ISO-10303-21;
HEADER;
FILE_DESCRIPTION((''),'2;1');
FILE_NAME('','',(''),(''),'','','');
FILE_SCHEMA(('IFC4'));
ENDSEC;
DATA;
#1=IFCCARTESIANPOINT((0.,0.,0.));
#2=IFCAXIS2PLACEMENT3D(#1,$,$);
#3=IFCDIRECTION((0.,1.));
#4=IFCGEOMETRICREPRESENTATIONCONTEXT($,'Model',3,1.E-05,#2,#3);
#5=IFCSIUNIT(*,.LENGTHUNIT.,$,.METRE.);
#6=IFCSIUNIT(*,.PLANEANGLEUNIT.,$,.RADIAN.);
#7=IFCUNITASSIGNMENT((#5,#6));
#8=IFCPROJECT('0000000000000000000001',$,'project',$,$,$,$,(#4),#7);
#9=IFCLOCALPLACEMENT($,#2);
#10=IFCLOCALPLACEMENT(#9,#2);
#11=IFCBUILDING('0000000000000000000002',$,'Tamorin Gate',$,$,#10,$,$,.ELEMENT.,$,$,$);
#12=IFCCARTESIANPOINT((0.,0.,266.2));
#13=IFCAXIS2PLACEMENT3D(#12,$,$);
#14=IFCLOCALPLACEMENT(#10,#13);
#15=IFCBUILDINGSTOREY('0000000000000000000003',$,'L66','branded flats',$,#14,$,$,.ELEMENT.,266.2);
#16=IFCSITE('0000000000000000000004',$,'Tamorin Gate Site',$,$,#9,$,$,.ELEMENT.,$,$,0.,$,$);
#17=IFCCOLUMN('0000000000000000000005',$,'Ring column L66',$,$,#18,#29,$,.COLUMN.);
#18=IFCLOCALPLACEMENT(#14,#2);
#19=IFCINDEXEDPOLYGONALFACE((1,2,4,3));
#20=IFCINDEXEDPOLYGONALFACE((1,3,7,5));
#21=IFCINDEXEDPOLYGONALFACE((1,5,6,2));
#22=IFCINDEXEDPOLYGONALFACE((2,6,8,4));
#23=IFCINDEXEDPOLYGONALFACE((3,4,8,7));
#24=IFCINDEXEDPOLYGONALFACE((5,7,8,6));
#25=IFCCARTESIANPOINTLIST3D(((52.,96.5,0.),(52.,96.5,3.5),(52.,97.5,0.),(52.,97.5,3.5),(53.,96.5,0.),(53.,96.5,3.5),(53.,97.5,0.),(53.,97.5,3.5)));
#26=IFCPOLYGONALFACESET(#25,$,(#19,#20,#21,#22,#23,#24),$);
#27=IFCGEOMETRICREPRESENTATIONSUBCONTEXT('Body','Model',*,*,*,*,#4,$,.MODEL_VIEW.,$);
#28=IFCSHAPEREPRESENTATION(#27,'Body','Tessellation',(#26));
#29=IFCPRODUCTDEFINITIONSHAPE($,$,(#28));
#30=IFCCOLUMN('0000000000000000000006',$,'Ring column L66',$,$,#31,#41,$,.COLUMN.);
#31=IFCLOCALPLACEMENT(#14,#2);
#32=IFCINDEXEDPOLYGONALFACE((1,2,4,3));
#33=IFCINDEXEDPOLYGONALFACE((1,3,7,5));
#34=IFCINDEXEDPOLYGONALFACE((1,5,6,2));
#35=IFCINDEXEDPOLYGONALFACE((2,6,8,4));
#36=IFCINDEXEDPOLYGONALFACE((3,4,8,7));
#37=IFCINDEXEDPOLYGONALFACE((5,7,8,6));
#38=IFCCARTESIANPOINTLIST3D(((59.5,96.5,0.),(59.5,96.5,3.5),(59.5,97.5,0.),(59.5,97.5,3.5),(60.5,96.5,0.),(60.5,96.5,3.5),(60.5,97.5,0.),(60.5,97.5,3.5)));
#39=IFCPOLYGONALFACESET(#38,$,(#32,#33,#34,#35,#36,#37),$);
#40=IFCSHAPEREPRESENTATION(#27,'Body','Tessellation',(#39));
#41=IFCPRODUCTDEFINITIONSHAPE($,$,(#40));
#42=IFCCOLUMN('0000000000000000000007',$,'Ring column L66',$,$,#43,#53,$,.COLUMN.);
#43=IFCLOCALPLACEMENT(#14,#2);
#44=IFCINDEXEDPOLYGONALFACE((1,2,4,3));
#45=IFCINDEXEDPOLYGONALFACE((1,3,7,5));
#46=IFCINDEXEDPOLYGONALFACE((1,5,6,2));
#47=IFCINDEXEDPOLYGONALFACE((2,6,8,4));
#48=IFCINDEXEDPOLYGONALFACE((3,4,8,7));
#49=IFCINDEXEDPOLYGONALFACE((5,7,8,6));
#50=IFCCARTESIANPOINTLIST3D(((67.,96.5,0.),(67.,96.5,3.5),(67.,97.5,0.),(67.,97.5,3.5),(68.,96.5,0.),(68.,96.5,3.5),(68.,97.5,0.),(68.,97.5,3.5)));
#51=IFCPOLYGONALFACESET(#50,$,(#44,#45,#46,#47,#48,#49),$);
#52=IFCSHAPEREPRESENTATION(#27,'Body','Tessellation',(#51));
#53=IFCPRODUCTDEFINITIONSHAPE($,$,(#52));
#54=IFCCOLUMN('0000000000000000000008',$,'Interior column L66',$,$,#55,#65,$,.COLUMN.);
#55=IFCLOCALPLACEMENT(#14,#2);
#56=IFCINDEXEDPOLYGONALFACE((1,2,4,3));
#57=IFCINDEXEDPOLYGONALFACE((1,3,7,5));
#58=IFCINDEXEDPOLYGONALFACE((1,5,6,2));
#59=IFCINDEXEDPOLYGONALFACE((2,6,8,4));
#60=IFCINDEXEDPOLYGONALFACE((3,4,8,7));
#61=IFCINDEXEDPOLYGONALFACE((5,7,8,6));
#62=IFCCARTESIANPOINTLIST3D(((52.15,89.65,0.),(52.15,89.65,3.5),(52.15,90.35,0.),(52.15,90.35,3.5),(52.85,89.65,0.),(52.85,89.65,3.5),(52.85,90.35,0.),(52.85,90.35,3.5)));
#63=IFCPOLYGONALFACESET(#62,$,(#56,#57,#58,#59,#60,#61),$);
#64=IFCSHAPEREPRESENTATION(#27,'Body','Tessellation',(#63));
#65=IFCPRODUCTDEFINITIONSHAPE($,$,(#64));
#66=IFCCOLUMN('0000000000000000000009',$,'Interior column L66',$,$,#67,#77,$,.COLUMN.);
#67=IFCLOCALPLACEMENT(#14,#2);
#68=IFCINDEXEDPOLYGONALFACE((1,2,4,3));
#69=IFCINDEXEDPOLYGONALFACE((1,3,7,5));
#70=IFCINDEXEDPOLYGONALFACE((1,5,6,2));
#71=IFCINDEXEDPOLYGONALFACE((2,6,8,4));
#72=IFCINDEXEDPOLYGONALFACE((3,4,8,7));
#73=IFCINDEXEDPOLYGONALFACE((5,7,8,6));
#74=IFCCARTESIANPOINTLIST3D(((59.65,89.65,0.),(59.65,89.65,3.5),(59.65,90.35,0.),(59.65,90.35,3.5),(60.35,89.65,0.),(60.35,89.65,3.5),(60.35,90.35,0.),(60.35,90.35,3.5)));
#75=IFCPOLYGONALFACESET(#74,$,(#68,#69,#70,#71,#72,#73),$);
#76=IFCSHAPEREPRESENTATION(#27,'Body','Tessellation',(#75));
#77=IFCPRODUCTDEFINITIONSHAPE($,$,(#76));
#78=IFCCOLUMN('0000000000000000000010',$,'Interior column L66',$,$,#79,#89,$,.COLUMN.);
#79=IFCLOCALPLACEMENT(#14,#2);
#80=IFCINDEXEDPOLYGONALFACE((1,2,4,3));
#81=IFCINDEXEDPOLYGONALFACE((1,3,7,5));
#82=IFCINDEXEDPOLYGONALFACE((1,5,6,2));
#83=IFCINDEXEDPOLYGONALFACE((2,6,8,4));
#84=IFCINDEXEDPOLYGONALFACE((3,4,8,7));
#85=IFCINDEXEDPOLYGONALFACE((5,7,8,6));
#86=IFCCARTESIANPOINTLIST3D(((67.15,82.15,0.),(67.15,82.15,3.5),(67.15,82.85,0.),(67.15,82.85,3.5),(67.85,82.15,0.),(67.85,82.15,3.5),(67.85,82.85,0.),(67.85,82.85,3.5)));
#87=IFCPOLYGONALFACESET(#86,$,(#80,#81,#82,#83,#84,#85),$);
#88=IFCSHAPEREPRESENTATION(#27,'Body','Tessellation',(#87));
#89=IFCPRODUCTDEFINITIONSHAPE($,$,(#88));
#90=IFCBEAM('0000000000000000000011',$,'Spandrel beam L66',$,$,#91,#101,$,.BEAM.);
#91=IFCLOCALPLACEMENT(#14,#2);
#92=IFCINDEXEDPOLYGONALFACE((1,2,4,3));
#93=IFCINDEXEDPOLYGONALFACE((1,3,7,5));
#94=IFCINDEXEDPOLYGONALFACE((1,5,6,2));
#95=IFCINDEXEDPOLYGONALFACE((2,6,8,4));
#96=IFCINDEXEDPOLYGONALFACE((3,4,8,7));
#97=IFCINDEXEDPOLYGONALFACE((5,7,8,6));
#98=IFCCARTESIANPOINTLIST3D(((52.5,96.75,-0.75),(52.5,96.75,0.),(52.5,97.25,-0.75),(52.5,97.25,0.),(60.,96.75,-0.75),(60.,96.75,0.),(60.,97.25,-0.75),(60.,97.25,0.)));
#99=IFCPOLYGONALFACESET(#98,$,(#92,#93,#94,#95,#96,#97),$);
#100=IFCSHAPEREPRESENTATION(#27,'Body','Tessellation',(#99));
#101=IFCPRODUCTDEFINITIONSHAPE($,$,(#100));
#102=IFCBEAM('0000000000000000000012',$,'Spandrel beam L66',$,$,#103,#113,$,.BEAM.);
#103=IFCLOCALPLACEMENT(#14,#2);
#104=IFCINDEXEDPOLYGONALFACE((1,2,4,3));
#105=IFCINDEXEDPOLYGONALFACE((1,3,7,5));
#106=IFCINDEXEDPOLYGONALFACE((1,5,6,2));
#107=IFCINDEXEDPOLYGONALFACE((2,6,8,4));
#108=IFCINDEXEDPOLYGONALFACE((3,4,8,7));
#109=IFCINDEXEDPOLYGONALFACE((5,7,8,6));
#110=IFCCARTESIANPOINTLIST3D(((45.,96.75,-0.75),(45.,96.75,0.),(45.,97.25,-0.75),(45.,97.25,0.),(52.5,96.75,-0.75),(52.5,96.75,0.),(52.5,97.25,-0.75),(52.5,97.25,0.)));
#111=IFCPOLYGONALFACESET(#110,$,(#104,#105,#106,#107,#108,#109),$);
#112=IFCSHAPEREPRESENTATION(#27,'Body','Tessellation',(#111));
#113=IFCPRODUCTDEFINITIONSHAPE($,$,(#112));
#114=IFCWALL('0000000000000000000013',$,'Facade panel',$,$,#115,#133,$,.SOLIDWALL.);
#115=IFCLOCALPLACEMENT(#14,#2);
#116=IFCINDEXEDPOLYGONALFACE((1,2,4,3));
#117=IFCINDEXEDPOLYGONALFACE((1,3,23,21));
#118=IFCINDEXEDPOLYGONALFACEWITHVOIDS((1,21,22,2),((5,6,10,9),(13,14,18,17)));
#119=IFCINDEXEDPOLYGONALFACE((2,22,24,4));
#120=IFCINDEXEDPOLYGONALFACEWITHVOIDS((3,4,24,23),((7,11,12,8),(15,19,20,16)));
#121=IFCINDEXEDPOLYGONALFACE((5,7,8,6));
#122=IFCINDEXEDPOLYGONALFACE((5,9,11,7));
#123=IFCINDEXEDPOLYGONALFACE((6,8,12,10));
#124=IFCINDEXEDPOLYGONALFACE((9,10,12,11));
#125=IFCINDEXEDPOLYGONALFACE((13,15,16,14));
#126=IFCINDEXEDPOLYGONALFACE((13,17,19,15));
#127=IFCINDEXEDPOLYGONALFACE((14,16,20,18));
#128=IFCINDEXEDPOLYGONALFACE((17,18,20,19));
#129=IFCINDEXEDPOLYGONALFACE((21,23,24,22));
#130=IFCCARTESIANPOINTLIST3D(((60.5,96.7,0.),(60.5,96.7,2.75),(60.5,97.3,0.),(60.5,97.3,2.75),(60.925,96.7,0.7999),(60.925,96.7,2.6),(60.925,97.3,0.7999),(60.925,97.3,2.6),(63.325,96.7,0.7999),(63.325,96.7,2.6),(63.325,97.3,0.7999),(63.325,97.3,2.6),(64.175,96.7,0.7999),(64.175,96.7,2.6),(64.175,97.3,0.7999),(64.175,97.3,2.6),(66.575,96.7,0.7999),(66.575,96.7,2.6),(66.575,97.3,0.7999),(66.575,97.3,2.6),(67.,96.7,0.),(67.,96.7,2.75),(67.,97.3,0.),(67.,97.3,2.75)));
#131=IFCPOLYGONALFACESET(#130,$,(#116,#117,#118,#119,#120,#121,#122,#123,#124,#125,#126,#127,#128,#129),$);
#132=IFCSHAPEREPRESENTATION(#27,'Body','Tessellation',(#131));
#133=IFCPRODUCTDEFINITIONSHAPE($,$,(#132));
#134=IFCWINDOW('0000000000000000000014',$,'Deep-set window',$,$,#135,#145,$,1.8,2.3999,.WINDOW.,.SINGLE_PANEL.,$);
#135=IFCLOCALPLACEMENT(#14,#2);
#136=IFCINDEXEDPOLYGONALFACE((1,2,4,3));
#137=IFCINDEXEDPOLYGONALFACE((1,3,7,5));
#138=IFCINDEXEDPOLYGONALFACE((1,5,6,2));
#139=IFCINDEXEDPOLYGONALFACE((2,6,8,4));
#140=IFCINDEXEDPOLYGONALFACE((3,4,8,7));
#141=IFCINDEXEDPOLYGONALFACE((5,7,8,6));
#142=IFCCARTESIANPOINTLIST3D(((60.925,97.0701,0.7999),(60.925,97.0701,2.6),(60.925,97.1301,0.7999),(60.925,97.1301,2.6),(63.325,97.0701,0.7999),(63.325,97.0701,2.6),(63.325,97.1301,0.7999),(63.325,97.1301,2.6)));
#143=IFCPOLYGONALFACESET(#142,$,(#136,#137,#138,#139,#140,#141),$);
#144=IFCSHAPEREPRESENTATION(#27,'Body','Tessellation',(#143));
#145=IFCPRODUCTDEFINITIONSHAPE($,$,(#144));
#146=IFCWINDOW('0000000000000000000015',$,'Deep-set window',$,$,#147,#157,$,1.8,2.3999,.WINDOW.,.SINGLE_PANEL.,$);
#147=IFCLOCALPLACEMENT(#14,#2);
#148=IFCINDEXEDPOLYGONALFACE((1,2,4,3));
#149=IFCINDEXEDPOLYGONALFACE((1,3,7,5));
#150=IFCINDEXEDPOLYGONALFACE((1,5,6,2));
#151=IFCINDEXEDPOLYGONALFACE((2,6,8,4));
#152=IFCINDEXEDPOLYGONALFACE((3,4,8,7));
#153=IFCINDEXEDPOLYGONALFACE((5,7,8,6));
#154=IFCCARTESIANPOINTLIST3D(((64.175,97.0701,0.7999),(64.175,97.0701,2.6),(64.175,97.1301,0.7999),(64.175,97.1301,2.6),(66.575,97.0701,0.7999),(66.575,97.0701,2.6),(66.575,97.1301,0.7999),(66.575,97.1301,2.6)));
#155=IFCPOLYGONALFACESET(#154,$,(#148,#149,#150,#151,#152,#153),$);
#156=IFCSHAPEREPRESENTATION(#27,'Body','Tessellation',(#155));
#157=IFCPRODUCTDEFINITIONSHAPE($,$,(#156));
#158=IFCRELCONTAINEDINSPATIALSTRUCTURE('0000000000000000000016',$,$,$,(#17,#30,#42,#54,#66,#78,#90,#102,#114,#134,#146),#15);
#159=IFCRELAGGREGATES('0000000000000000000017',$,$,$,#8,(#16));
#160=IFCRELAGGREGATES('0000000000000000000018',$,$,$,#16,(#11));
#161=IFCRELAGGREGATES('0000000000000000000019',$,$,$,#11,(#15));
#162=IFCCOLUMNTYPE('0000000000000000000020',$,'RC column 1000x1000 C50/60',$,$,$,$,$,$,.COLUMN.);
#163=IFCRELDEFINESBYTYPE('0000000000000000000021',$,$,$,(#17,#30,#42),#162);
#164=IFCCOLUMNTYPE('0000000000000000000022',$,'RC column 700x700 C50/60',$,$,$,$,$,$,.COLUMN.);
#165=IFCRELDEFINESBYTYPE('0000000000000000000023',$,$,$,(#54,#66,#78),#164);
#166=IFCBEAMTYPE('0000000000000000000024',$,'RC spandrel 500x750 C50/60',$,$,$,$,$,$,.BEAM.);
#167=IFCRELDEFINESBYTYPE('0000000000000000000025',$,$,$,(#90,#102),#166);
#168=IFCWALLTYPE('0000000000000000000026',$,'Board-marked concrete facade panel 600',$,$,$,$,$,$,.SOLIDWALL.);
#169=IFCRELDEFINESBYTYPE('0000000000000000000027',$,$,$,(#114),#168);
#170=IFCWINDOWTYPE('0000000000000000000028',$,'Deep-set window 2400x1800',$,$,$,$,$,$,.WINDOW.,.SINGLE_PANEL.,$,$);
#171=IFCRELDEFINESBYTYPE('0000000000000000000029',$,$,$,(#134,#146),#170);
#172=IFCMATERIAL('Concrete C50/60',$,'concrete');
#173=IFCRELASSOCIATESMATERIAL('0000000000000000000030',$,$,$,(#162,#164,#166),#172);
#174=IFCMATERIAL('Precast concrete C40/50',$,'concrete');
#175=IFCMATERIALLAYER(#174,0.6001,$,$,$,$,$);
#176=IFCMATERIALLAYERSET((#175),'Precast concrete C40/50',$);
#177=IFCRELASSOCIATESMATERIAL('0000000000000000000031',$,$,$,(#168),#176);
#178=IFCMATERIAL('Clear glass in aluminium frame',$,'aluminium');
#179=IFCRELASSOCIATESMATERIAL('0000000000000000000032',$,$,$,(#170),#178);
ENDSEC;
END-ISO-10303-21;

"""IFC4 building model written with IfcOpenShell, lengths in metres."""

from ifc_helpers import new_model, si_unit, direction, frame, frame_2d, origin, origin_2d, place, context, subcontext, project, spatial, rectangle, extrude, material, layer, layer_set, material_profile, profile_set, type_object, element, fill, save


model = new_model("IFC4")

# Units and contexts
model_context = context("Model", 3, precision=1e-05, world=origin(), true_north=direction((0.0, 1.0)))
body_context = subcontext(model_context, "Body", "Model", "MODEL_VIEW")
ifc_project = project(units=[si_unit("LENGTHUNIT", "METRE"), si_unit("PLANEANGLEUNIT", "RADIAN")], contexts=[model_context])

# Site, building, storey
site_placement = place(None, origin())
site = spatial("IfcSite", under=ifc_project, at=site_placement, Name="Tamorin Gate Site", CompositionType="ELEMENT", RefElevation=0.0)
building_placement = place(site_placement, origin())
building = spatial("IfcBuilding", under=site, at=building_placement, Name="Tamorin Gate", CompositionType="ELEMENT")
storey_placement = place(building_placement, frame((0.0, 0.0, 266.2)))
storey = spatial("IfcBuildingStorey", under=building, at=storey_placement, Name="L66", Description="branded flats", CompositionType="ELEMENT", Elevation=266.2)

# Columns
ifc_material_1 = material(Name="Concrete C50/60", Category="concrete")
ifc_material_profile_1 = material_profile(ifc_material_1, rectangle(XDim=1.0, YDim=1.0, at=origin_2d()), Name="RC 1000x1000")
ifc_profile_set_1 = profile_set([ifc_material_profile_1], Name="Concrete C50/60")
column_type_1 = type_object("IfcColumnType", Name="RC column 1000x1000 C50/60", PredefinedType="COLUMN", material=ifc_profile_set_1)
for number, where, z_axis, x_axis, name in (
    (1, (52.5, 97.0, 0.0), (0.0, 0.0, 1.0), (1.0, 0.0, 0.0), "Ring column L66"),
    (2, (60.0, 97.0, 0.0), (0.0, 0.0, 1.0), (1.0, 0.0, 0.0), "Ring column L66"),
    (3, (67.5, 97.0, 0.0), (0.0, 0.0, 1.0), (1.0, 0.0, 0.0), "Ring column L66"),
):
    element("IfcColumn", number, at=place(storey_placement, frame(where, z_axis=z_axis, x_axis=x_axis)), inside=storey, type_object=column_type_1, Name=name, PredefinedType="COLUMN", context=body_context, shape_type="SweptSolid", body=[
        extrude(rectangle(XDim=1.0, YDim=1.0, at=origin_2d()), origin(), (0.0, 0.0, 1.0), 3.5),
    ])
ifc_material_profile_2 = material_profile(ifc_material_1, rectangle(XDim=0.7, YDim=0.7, at=origin_2d()), Name="RC 700x700")
ifc_profile_set_2 = profile_set([ifc_material_profile_2], Name="Concrete C50/60")
column_type_2 = type_object("IfcColumnType", Name="RC column 700x700 C50/60", PredefinedType="COLUMN", material=ifc_profile_set_2)
for number, where, z_axis, x_axis, name in (
    (4, (52.5, 90.0, 0.0), (0.0, 0.0, 1.0), (1.0, 0.0, 0.0), "Interior column L66"),
    (5, (60.0, 90.0, 0.0), (0.0, 0.0, 1.0), (1.0, 0.0, 0.0), "Interior column L66"),
    (6, (67.5, 82.5, 0.0), (0.0, 0.0, 1.0), (1.0, 0.0, 0.0), "Interior column L66"),
):
    element("IfcColumn", number, at=place(storey_placement, frame(where, z_axis=z_axis, x_axis=x_axis)), inside=storey, type_object=column_type_2, Name=name, PredefinedType="COLUMN", context=body_context, shape_type="SweptSolid", body=[
        extrude(rectangle(XDim=0.7, YDim=0.7, at=origin_2d()), origin(), (0.0, 0.0, 1.0), 3.5),
    ])

# Beams
ifc_material_profile_3 = material_profile(ifc_material_1, rectangle(XDim=0.5, YDim=0.75, at=origin_2d()), Name="RC 500x750")
ifc_profile_set_3 = profile_set([ifc_material_profile_3], Name="Concrete C50/60")
beam_type = type_object("IfcBeamType", Name="RC spandrel 500x750 C50/60", PredefinedType="BEAM", material=ifc_profile_set_3)
for number, where, z_axis, x_axis, name in (
    (7, (60.0, 97.0, -0.375), (-1.0, 0.0, 0.0), (0.0, -1.0, 0.0), "Spandrel beam L66"),
    (8, (52.5, 97.0, -0.375), (-1.0, 0.0, 0.0), (0.0, -1.0, 0.0), "Spandrel beam L66"),
):
    element("IfcBeam", number, at=place(storey_placement, frame(where, z_axis=z_axis, x_axis=x_axis)), inside=storey, type_object=beam_type, Name=name, PredefinedType="BEAM", context=body_context, shape_type="SweptSolid", body=[
        extrude(rectangle(XDim=0.5, YDim=0.75, at=origin_2d()), origin(), (0.0, 0.0, 1.0), 7.5),
    ])

# Wall, openings, windows
ifc_material_2 = material(Name="Precast concrete C40/50", Category="concrete")
ifc_layer_1 = layer(ifc_material_2, 0.6001)
ifc_layer_set_1 = layer_set([ifc_layer_1], Name="Precast concrete C40/50")
wall_type_1 = type_object("IfcWallType", Name="Board-marked concrete facade panel 600", PredefinedType="SOLIDWALL", material=ifc_layer_set_1)
wall_1_placement = place(storey_placement, frame((67.0, 97.0, 0.0), z_axis=(0.0, 0.0, 1.0), x_axis=(-1.0, 0.0, 0.0)))
wall_1 = element("IfcWall", 9, at=wall_1_placement, inside=storey, type_object=wall_type_1, Name="Facade panel", PredefinedType="SOLIDWALL", context=body_context, shape_type="SweptSolid", body=[
    extrude(rectangle(XDim=6.5, YDim=0.6001, at=frame_2d((3.25, 0.0))), origin(), (0.0, 0.0, 1.0), 2.75),
])
opening_1_placement = place(wall_1_placement, frame((3.675, 0.0, 0.8)))
opening_1 = element("IfcOpeningElement", 10, at=opening_1_placement, cuts=wall_1, PredefinedType="OPENING", context=body_context, shape_type="SweptSolid", body=[
    extrude(rectangle(XDim=2.3999, YDim=1.8, at=frame_2d((1.2, 0.8999))), frame((0.0, 0.3101, 0.0), z_axis=(0.0, -1.0, 0.0), x_axis=(1.0, 0.0, 0.0)), (0.0, 0.0, 1.0), 0.6201),
])
opening_2_placement = place(wall_1_placement, frame((0.425, 0.0, 0.8)))
opening_2 = element("IfcOpeningElement", 11, at=opening_2_placement, cuts=wall_1, PredefinedType="OPENING", context=body_context, shape_type="SweptSolid", body=[
    extrude(rectangle(XDim=2.3999, YDim=1.8, at=frame_2d((1.2, 0.8999))), frame((0.0, 0.3101, 0.0), z_axis=(0.0, -1.0, 0.0), x_axis=(1.0, 0.0, 0.0)), (0.0, 0.0, 1.0), 0.6201),
])
ifc_material_3 = material(Name="Clear glass in aluminium frame", Category="aluminium")
window_type = type_object("IfcWindowType", Name="Deep-set window 2400x1800", PartitioningType="SINGLE_PANEL", PredefinedType="WINDOW", material=ifc_material_3)
window_1_placement = place(opening_1_placement, origin())
window_1 = element("IfcWindow", 12, at=window_1_placement, inside=storey, type_object=window_type, Name="Deep-set window", OverallHeight=1.8, OverallWidth=2.3999, PartitioningType="SINGLE_PANEL", PredefinedType="WINDOW", context=body_context, shape_type="SweptSolid", body=[
    extrude(rectangle(XDim=2.3999, YDim=1.8, at=frame_2d((1.2, 0.8999))), frame((0.0, -0.0701, 0.0), z_axis=(0.0, -1.0, 0.0), x_axis=(1.0, 0.0, 0.0)), (0.0, 0.0, 1.0), 0.0601),
])
fill(opening_1, window_1)
window_2_placement = place(opening_2_placement, origin())
window_2 = element("IfcWindow", 13, at=window_2_placement, inside=storey, type_object=window_type, Name="Deep-set window", OverallHeight=1.8, OverallWidth=2.3999, PartitioningType="SINGLE_PANEL", PredefinedType="WINDOW", context=body_context, shape_type="SweptSolid", body=[
    extrude(rectangle(XDim=2.3999, YDim=1.8, at=frame_2d((1.2, 0.8999))), frame((0.0, -0.0701, 0.0), z_axis=(0.0, -1.0, 0.0), x_axis=(1.0, 0.0, 0.0)), (0.0, 0.0, 1.0), 0.0601),
])
fill(opening_2, window_2)

save(model, "model.ifc")
